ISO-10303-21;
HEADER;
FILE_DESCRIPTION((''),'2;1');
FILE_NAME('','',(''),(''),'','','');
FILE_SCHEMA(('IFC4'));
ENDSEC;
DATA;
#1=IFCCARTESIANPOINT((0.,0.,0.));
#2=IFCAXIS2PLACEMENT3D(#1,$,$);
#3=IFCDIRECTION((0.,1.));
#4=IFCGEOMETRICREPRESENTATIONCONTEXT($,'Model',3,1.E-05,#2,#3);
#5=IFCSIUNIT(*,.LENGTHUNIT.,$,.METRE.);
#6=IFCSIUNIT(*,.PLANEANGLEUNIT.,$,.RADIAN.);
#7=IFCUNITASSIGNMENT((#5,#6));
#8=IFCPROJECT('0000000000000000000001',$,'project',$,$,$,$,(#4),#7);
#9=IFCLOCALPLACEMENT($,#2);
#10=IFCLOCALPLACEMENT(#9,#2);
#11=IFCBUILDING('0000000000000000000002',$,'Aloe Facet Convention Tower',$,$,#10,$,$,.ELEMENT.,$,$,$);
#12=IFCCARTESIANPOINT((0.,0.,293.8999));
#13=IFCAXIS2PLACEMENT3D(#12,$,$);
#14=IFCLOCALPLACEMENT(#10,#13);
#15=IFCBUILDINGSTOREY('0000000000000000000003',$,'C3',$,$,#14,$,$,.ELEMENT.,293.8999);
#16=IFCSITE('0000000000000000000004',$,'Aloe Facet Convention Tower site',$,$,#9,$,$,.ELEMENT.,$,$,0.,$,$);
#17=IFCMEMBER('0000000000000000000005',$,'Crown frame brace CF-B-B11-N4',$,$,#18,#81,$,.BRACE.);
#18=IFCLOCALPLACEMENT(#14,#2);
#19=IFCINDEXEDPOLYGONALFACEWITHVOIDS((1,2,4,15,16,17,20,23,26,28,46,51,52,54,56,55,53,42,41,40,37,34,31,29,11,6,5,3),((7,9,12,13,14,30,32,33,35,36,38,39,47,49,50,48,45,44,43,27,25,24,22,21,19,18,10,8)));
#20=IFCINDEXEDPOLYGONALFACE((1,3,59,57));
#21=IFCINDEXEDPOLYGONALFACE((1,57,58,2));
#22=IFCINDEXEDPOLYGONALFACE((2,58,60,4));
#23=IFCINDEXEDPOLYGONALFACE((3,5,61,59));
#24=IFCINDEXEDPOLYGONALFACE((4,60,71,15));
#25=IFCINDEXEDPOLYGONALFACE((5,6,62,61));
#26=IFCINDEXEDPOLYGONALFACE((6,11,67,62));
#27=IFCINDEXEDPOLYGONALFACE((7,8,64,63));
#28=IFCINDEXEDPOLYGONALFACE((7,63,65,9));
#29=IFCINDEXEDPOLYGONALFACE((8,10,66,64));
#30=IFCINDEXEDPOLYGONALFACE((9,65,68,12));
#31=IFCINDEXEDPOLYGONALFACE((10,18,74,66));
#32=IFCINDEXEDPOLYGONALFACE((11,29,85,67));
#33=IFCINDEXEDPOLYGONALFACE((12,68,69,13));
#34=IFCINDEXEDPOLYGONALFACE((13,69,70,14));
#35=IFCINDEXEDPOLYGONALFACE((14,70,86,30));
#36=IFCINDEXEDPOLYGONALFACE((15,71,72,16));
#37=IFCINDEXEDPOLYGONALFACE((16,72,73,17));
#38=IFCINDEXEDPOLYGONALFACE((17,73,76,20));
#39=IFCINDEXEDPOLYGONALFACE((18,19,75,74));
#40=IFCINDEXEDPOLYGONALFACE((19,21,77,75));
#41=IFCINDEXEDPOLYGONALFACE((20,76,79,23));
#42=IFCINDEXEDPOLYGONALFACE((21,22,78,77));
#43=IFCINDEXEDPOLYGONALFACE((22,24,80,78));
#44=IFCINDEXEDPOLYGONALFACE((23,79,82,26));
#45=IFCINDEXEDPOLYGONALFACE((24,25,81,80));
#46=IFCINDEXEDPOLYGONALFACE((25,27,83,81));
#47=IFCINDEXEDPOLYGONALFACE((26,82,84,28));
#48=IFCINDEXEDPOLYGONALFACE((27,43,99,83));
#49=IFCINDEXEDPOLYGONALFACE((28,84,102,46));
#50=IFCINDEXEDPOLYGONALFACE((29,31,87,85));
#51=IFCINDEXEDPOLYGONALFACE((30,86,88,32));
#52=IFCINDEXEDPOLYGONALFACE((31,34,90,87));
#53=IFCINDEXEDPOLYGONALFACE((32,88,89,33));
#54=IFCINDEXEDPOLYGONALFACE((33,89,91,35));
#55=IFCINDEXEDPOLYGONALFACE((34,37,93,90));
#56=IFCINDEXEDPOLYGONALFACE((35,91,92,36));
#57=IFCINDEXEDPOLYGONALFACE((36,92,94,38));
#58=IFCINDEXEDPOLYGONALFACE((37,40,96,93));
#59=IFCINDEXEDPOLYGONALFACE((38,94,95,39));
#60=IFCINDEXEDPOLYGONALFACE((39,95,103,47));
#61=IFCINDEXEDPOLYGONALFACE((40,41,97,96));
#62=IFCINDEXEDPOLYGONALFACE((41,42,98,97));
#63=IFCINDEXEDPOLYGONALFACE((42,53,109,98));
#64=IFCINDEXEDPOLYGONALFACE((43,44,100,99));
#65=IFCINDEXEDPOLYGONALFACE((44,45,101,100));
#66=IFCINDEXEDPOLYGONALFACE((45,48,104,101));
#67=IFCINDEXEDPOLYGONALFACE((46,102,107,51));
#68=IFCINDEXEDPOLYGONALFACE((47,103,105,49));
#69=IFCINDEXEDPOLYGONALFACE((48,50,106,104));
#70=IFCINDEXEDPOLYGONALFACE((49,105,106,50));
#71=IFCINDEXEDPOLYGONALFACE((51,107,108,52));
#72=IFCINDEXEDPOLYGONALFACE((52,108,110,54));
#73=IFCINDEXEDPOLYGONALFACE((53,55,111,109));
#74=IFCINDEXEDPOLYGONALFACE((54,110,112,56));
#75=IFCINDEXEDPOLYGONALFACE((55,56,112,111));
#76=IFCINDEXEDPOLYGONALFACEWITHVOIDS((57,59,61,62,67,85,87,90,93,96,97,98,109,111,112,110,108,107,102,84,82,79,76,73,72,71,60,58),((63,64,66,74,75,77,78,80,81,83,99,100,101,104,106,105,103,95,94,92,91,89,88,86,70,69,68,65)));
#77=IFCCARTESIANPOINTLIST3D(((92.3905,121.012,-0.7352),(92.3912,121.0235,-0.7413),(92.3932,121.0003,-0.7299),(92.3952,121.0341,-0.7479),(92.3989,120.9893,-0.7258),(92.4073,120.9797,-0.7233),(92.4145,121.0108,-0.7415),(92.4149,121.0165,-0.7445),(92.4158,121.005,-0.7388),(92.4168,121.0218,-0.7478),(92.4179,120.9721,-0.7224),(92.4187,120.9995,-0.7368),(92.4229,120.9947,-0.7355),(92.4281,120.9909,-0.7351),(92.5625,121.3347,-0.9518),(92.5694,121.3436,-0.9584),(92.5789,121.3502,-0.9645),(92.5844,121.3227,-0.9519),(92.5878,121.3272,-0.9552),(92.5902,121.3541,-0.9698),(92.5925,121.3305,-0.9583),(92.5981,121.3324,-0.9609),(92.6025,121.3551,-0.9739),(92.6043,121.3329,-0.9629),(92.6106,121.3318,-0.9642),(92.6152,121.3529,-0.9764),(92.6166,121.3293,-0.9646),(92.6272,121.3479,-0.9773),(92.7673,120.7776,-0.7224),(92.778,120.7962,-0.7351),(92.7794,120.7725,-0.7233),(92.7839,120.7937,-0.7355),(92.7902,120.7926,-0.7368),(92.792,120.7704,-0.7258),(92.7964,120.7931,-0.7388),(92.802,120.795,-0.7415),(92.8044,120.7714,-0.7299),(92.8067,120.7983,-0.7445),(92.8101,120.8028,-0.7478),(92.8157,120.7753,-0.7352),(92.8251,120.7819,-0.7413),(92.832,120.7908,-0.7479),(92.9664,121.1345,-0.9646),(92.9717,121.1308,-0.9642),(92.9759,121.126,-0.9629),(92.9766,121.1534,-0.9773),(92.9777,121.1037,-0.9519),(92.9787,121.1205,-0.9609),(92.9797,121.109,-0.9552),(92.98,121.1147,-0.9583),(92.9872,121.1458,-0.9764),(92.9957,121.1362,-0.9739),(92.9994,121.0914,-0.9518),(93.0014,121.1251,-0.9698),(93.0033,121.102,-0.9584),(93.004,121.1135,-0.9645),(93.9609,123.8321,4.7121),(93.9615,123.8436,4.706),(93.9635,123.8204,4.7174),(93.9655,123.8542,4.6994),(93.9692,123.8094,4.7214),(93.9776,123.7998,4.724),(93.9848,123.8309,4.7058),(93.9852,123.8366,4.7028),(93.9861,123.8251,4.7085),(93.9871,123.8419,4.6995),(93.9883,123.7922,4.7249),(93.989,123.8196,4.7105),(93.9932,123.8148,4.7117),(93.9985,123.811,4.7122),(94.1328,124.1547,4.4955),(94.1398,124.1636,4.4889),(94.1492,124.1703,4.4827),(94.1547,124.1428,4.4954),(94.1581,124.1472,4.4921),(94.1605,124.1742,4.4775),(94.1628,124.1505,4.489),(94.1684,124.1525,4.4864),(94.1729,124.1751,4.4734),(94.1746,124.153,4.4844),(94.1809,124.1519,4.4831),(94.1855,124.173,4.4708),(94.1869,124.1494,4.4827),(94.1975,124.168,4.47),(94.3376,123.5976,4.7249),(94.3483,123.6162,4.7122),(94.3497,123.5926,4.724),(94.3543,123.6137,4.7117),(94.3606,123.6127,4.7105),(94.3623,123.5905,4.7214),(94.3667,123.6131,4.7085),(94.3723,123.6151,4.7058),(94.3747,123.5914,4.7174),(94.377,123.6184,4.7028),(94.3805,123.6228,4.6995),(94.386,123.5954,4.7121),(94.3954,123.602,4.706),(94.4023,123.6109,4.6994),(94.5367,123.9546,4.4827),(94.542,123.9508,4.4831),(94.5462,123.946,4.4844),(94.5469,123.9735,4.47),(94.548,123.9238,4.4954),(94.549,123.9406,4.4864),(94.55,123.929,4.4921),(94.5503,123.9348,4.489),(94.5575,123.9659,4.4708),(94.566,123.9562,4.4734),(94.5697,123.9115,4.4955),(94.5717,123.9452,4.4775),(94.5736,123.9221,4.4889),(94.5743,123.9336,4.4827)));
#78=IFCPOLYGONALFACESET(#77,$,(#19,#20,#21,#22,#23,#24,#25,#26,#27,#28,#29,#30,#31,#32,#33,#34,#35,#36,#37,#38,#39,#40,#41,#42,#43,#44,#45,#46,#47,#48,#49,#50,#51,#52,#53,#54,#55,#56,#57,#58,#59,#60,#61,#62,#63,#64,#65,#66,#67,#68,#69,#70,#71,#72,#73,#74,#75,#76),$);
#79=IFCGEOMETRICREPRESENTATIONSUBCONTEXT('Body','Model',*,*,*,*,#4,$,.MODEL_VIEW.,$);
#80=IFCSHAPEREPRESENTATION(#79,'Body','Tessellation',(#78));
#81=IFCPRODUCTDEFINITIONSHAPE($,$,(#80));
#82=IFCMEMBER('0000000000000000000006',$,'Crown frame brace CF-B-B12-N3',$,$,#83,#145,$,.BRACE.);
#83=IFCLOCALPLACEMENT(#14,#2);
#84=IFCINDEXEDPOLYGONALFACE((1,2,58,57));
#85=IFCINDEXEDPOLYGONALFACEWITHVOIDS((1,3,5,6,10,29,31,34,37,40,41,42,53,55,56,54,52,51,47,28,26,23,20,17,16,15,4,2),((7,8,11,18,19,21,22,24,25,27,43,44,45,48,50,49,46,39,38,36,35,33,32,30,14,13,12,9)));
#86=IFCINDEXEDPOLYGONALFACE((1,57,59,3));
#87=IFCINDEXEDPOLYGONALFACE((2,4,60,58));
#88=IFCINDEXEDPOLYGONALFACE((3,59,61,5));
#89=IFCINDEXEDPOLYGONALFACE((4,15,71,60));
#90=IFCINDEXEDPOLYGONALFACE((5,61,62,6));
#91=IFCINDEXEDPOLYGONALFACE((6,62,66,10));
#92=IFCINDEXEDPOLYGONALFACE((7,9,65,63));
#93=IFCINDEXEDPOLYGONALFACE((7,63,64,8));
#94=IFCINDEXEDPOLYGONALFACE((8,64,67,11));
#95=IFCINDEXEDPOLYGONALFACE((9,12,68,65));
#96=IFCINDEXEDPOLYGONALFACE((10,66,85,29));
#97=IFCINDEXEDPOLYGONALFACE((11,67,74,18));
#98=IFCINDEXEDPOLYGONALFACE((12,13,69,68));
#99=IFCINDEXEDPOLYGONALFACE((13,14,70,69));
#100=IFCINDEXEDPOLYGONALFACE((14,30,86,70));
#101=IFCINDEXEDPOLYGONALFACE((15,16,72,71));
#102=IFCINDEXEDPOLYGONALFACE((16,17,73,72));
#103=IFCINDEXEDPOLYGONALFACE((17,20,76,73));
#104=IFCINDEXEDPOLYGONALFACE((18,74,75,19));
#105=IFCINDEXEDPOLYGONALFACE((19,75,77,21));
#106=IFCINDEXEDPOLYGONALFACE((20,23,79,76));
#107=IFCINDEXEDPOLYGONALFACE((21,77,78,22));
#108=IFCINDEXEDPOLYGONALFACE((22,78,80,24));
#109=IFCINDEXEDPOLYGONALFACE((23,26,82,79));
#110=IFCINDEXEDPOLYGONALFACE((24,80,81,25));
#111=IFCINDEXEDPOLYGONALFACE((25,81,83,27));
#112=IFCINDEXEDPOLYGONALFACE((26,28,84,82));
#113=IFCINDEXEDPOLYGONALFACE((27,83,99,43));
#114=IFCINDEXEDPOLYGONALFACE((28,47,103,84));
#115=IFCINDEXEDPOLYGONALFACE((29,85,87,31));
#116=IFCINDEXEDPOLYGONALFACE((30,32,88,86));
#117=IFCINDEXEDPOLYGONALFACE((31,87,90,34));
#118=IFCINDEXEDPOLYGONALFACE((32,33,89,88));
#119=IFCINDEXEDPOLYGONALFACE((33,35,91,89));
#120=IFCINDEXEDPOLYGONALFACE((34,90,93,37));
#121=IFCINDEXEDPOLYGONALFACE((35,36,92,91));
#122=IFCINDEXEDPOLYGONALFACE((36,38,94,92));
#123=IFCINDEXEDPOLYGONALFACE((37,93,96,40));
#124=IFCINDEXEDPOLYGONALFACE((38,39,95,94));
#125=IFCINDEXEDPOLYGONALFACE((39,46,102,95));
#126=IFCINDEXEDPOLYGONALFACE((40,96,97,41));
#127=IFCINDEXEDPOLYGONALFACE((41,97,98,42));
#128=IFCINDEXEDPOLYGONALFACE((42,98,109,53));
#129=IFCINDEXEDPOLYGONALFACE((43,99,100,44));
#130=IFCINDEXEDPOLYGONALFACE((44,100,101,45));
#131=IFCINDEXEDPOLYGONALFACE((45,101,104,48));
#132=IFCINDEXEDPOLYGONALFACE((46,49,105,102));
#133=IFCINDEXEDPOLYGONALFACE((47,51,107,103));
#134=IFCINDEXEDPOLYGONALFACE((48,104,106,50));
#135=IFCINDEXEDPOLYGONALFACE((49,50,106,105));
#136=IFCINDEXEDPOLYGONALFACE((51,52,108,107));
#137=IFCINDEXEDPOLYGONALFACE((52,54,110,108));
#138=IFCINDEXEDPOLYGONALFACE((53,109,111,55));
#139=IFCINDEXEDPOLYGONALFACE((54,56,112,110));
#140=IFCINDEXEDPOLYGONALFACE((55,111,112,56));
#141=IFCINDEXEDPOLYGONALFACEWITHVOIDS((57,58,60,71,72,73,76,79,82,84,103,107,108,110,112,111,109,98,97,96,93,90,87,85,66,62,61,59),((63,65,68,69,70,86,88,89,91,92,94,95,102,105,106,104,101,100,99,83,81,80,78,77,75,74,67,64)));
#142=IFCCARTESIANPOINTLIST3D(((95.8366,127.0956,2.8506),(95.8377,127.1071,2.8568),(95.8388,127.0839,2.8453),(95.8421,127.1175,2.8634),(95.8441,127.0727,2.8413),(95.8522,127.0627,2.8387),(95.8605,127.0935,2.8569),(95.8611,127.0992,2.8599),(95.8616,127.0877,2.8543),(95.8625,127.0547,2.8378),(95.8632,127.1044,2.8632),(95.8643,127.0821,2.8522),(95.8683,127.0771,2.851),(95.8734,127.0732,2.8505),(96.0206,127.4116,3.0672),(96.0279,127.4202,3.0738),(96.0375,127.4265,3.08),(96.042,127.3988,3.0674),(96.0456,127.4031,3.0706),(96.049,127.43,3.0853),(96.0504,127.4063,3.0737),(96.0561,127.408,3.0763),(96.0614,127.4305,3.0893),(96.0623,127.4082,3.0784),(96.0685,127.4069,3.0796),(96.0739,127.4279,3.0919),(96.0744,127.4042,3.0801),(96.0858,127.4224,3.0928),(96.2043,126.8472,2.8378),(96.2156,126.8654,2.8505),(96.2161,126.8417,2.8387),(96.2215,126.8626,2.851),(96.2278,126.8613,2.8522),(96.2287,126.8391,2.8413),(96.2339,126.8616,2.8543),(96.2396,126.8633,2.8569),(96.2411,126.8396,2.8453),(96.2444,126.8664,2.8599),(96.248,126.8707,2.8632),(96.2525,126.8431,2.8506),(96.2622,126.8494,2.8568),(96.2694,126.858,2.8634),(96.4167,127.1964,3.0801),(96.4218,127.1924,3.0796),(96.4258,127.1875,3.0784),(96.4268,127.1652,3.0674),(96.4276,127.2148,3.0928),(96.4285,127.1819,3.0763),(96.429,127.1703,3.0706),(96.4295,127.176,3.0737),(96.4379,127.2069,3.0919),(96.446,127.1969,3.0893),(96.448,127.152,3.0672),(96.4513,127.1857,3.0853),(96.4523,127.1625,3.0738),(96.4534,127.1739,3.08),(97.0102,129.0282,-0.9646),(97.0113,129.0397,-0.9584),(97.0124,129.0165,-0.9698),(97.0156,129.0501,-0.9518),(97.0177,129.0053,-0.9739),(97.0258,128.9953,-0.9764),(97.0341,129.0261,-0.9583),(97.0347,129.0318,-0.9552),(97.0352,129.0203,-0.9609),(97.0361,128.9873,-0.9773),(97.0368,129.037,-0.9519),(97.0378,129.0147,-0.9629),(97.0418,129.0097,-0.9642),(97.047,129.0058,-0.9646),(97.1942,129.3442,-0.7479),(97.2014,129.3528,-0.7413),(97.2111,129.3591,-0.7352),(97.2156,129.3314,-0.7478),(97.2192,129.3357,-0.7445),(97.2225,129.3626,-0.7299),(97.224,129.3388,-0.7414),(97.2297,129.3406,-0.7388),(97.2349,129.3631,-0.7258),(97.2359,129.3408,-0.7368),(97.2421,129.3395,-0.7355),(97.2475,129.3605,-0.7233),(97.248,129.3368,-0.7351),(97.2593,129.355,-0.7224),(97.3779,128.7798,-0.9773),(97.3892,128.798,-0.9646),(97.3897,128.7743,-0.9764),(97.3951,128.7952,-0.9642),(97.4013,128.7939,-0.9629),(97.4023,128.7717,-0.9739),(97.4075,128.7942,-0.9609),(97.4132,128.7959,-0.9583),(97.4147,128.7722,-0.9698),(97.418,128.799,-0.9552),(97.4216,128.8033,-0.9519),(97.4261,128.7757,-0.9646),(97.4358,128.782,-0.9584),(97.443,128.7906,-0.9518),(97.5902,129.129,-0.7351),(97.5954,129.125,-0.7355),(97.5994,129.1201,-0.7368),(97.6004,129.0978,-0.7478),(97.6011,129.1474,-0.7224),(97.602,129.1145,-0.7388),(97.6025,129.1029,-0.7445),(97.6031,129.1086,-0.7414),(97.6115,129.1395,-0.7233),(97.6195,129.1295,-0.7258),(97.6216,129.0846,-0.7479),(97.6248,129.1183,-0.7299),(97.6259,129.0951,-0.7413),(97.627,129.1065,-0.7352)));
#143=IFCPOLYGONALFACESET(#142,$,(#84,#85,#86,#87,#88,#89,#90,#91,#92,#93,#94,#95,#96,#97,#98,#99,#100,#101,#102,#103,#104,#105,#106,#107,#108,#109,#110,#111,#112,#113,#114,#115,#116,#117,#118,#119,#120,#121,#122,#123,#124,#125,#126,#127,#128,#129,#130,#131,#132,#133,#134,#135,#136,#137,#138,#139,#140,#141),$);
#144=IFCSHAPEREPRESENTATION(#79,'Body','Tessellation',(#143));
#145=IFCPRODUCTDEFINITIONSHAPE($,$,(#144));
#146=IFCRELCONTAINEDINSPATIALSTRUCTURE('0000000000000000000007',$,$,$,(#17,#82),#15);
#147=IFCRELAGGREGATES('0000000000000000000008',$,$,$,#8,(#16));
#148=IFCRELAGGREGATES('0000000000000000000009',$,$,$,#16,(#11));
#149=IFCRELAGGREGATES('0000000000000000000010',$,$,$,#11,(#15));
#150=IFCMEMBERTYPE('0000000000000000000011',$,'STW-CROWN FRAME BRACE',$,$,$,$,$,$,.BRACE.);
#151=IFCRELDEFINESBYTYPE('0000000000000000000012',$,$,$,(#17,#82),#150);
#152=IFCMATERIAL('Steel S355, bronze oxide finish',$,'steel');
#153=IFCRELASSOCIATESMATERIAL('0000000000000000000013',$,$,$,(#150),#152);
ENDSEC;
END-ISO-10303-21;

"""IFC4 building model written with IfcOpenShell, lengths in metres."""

from ifc_helpers import new_model, si_unit, direction, frame, origin, origin_2d, place, context, subcontext, project, spatial, hollow_rectangle, extrude, material, material_profile, profile_set, type_object, element, save


model = new_model("IFC4")

# Units and contexts
model_context = context("Model", 3, precision=1e-05, world=origin(), true_north=direction((0.0, 1.0)))
body_context = subcontext(model_context, "Body", "Model", "MODEL_VIEW")
ifc_project = project(units=[si_unit("LENGTHUNIT", "METRE"), si_unit("PLANEANGLEUNIT", "RADIAN")], contexts=[model_context])

# Site, building, storey
site_placement = place(None, origin())
site = spatial("IfcSite", under=ifc_project, at=site_placement, Name="Aloe Facet Convention Tower site", CompositionType="ELEMENT", RefElevation=0.0)
building_placement = place(site_placement, origin())
building = spatial("IfcBuilding", under=site, at=building_placement, Name="Aloe Facet Convention Tower", CompositionType="ELEMENT")
storey_placement = place(building_placement, frame((0.0, 0.0, 293.8999)))
storey = spatial("IfcBuildingStorey", under=building, at=storey_placement, Name="C3", CompositionType="ELEMENT", Elevation=293.8999)

# Members
ifc_material_1 = material(Name="Steel S355, bronze oxide finish", Category="steel")
ifc_material_profile_1 = material_profile(ifc_material_1, hollow_rectangle(XDim=0.5, YDim=0.5, WallThickness=0.0249, InnerFilletRadius=0.0249, OuterFilletRadius=0.05, at=origin_2d()), Name="SHS 500x500x25")
ifc_profile_set_1 = profile_set([ifc_material_profile_1], Name="Steel S355, bronze oxide finish")
member_type_1 = type_object("IfcMemberType", Name="STW-CROWN FRAME BRACE", PredefinedType="BRACE", material=ifc_profile_set_1)
member_1_placement = place(storey_placement, frame((92.6973, 121.0627, -0.8499), z_axis=(0.248005, 0.445384, 0.860306), x_axis=(-0.873682, 0.486497, 0.0)))
element("IfcMember", 1, at=member_1_placement, inside=storey, type_object=member_type_1, Name="Crown frame brace CF-B-B11-N4", PredefinedType="BRACE", context=body_context, shape_type="SweptSolid", body=[
    extrude(hollow_rectangle(XDim=0.5, YDim=0.5, WallThickness=0.0249, InnerFilletRadius=0.0249, OuterFilletRadius=0.05, at=origin_2d()), origin(), (0.0, 0.0, 1.0), 6.3318),
])
member_2_placement = place(storey_placement, frame((97.3186, 129.0674, -0.8499), z_axis=(-0.264627, -0.435779, 0.860273), x_axis=(0.854746, -0.519046, 0.0)))
element("IfcMember", 2, at=member_2_placement, inside=storey, type_object=member_type_1, Name="Crown frame brace CF-B-B12-N3", PredefinedType="BRACE", context=body_context, shape_type="SweptSolid", body=[
    extrude(hollow_rectangle(XDim=0.5, YDim=0.5, WallThickness=0.0249, InnerFilletRadius=0.0249, OuterFilletRadius=0.05, at=origin_2d()), origin(), (0.0, 0.0, 1.0), 4.4348),
])

save(model, "model.ifc")
